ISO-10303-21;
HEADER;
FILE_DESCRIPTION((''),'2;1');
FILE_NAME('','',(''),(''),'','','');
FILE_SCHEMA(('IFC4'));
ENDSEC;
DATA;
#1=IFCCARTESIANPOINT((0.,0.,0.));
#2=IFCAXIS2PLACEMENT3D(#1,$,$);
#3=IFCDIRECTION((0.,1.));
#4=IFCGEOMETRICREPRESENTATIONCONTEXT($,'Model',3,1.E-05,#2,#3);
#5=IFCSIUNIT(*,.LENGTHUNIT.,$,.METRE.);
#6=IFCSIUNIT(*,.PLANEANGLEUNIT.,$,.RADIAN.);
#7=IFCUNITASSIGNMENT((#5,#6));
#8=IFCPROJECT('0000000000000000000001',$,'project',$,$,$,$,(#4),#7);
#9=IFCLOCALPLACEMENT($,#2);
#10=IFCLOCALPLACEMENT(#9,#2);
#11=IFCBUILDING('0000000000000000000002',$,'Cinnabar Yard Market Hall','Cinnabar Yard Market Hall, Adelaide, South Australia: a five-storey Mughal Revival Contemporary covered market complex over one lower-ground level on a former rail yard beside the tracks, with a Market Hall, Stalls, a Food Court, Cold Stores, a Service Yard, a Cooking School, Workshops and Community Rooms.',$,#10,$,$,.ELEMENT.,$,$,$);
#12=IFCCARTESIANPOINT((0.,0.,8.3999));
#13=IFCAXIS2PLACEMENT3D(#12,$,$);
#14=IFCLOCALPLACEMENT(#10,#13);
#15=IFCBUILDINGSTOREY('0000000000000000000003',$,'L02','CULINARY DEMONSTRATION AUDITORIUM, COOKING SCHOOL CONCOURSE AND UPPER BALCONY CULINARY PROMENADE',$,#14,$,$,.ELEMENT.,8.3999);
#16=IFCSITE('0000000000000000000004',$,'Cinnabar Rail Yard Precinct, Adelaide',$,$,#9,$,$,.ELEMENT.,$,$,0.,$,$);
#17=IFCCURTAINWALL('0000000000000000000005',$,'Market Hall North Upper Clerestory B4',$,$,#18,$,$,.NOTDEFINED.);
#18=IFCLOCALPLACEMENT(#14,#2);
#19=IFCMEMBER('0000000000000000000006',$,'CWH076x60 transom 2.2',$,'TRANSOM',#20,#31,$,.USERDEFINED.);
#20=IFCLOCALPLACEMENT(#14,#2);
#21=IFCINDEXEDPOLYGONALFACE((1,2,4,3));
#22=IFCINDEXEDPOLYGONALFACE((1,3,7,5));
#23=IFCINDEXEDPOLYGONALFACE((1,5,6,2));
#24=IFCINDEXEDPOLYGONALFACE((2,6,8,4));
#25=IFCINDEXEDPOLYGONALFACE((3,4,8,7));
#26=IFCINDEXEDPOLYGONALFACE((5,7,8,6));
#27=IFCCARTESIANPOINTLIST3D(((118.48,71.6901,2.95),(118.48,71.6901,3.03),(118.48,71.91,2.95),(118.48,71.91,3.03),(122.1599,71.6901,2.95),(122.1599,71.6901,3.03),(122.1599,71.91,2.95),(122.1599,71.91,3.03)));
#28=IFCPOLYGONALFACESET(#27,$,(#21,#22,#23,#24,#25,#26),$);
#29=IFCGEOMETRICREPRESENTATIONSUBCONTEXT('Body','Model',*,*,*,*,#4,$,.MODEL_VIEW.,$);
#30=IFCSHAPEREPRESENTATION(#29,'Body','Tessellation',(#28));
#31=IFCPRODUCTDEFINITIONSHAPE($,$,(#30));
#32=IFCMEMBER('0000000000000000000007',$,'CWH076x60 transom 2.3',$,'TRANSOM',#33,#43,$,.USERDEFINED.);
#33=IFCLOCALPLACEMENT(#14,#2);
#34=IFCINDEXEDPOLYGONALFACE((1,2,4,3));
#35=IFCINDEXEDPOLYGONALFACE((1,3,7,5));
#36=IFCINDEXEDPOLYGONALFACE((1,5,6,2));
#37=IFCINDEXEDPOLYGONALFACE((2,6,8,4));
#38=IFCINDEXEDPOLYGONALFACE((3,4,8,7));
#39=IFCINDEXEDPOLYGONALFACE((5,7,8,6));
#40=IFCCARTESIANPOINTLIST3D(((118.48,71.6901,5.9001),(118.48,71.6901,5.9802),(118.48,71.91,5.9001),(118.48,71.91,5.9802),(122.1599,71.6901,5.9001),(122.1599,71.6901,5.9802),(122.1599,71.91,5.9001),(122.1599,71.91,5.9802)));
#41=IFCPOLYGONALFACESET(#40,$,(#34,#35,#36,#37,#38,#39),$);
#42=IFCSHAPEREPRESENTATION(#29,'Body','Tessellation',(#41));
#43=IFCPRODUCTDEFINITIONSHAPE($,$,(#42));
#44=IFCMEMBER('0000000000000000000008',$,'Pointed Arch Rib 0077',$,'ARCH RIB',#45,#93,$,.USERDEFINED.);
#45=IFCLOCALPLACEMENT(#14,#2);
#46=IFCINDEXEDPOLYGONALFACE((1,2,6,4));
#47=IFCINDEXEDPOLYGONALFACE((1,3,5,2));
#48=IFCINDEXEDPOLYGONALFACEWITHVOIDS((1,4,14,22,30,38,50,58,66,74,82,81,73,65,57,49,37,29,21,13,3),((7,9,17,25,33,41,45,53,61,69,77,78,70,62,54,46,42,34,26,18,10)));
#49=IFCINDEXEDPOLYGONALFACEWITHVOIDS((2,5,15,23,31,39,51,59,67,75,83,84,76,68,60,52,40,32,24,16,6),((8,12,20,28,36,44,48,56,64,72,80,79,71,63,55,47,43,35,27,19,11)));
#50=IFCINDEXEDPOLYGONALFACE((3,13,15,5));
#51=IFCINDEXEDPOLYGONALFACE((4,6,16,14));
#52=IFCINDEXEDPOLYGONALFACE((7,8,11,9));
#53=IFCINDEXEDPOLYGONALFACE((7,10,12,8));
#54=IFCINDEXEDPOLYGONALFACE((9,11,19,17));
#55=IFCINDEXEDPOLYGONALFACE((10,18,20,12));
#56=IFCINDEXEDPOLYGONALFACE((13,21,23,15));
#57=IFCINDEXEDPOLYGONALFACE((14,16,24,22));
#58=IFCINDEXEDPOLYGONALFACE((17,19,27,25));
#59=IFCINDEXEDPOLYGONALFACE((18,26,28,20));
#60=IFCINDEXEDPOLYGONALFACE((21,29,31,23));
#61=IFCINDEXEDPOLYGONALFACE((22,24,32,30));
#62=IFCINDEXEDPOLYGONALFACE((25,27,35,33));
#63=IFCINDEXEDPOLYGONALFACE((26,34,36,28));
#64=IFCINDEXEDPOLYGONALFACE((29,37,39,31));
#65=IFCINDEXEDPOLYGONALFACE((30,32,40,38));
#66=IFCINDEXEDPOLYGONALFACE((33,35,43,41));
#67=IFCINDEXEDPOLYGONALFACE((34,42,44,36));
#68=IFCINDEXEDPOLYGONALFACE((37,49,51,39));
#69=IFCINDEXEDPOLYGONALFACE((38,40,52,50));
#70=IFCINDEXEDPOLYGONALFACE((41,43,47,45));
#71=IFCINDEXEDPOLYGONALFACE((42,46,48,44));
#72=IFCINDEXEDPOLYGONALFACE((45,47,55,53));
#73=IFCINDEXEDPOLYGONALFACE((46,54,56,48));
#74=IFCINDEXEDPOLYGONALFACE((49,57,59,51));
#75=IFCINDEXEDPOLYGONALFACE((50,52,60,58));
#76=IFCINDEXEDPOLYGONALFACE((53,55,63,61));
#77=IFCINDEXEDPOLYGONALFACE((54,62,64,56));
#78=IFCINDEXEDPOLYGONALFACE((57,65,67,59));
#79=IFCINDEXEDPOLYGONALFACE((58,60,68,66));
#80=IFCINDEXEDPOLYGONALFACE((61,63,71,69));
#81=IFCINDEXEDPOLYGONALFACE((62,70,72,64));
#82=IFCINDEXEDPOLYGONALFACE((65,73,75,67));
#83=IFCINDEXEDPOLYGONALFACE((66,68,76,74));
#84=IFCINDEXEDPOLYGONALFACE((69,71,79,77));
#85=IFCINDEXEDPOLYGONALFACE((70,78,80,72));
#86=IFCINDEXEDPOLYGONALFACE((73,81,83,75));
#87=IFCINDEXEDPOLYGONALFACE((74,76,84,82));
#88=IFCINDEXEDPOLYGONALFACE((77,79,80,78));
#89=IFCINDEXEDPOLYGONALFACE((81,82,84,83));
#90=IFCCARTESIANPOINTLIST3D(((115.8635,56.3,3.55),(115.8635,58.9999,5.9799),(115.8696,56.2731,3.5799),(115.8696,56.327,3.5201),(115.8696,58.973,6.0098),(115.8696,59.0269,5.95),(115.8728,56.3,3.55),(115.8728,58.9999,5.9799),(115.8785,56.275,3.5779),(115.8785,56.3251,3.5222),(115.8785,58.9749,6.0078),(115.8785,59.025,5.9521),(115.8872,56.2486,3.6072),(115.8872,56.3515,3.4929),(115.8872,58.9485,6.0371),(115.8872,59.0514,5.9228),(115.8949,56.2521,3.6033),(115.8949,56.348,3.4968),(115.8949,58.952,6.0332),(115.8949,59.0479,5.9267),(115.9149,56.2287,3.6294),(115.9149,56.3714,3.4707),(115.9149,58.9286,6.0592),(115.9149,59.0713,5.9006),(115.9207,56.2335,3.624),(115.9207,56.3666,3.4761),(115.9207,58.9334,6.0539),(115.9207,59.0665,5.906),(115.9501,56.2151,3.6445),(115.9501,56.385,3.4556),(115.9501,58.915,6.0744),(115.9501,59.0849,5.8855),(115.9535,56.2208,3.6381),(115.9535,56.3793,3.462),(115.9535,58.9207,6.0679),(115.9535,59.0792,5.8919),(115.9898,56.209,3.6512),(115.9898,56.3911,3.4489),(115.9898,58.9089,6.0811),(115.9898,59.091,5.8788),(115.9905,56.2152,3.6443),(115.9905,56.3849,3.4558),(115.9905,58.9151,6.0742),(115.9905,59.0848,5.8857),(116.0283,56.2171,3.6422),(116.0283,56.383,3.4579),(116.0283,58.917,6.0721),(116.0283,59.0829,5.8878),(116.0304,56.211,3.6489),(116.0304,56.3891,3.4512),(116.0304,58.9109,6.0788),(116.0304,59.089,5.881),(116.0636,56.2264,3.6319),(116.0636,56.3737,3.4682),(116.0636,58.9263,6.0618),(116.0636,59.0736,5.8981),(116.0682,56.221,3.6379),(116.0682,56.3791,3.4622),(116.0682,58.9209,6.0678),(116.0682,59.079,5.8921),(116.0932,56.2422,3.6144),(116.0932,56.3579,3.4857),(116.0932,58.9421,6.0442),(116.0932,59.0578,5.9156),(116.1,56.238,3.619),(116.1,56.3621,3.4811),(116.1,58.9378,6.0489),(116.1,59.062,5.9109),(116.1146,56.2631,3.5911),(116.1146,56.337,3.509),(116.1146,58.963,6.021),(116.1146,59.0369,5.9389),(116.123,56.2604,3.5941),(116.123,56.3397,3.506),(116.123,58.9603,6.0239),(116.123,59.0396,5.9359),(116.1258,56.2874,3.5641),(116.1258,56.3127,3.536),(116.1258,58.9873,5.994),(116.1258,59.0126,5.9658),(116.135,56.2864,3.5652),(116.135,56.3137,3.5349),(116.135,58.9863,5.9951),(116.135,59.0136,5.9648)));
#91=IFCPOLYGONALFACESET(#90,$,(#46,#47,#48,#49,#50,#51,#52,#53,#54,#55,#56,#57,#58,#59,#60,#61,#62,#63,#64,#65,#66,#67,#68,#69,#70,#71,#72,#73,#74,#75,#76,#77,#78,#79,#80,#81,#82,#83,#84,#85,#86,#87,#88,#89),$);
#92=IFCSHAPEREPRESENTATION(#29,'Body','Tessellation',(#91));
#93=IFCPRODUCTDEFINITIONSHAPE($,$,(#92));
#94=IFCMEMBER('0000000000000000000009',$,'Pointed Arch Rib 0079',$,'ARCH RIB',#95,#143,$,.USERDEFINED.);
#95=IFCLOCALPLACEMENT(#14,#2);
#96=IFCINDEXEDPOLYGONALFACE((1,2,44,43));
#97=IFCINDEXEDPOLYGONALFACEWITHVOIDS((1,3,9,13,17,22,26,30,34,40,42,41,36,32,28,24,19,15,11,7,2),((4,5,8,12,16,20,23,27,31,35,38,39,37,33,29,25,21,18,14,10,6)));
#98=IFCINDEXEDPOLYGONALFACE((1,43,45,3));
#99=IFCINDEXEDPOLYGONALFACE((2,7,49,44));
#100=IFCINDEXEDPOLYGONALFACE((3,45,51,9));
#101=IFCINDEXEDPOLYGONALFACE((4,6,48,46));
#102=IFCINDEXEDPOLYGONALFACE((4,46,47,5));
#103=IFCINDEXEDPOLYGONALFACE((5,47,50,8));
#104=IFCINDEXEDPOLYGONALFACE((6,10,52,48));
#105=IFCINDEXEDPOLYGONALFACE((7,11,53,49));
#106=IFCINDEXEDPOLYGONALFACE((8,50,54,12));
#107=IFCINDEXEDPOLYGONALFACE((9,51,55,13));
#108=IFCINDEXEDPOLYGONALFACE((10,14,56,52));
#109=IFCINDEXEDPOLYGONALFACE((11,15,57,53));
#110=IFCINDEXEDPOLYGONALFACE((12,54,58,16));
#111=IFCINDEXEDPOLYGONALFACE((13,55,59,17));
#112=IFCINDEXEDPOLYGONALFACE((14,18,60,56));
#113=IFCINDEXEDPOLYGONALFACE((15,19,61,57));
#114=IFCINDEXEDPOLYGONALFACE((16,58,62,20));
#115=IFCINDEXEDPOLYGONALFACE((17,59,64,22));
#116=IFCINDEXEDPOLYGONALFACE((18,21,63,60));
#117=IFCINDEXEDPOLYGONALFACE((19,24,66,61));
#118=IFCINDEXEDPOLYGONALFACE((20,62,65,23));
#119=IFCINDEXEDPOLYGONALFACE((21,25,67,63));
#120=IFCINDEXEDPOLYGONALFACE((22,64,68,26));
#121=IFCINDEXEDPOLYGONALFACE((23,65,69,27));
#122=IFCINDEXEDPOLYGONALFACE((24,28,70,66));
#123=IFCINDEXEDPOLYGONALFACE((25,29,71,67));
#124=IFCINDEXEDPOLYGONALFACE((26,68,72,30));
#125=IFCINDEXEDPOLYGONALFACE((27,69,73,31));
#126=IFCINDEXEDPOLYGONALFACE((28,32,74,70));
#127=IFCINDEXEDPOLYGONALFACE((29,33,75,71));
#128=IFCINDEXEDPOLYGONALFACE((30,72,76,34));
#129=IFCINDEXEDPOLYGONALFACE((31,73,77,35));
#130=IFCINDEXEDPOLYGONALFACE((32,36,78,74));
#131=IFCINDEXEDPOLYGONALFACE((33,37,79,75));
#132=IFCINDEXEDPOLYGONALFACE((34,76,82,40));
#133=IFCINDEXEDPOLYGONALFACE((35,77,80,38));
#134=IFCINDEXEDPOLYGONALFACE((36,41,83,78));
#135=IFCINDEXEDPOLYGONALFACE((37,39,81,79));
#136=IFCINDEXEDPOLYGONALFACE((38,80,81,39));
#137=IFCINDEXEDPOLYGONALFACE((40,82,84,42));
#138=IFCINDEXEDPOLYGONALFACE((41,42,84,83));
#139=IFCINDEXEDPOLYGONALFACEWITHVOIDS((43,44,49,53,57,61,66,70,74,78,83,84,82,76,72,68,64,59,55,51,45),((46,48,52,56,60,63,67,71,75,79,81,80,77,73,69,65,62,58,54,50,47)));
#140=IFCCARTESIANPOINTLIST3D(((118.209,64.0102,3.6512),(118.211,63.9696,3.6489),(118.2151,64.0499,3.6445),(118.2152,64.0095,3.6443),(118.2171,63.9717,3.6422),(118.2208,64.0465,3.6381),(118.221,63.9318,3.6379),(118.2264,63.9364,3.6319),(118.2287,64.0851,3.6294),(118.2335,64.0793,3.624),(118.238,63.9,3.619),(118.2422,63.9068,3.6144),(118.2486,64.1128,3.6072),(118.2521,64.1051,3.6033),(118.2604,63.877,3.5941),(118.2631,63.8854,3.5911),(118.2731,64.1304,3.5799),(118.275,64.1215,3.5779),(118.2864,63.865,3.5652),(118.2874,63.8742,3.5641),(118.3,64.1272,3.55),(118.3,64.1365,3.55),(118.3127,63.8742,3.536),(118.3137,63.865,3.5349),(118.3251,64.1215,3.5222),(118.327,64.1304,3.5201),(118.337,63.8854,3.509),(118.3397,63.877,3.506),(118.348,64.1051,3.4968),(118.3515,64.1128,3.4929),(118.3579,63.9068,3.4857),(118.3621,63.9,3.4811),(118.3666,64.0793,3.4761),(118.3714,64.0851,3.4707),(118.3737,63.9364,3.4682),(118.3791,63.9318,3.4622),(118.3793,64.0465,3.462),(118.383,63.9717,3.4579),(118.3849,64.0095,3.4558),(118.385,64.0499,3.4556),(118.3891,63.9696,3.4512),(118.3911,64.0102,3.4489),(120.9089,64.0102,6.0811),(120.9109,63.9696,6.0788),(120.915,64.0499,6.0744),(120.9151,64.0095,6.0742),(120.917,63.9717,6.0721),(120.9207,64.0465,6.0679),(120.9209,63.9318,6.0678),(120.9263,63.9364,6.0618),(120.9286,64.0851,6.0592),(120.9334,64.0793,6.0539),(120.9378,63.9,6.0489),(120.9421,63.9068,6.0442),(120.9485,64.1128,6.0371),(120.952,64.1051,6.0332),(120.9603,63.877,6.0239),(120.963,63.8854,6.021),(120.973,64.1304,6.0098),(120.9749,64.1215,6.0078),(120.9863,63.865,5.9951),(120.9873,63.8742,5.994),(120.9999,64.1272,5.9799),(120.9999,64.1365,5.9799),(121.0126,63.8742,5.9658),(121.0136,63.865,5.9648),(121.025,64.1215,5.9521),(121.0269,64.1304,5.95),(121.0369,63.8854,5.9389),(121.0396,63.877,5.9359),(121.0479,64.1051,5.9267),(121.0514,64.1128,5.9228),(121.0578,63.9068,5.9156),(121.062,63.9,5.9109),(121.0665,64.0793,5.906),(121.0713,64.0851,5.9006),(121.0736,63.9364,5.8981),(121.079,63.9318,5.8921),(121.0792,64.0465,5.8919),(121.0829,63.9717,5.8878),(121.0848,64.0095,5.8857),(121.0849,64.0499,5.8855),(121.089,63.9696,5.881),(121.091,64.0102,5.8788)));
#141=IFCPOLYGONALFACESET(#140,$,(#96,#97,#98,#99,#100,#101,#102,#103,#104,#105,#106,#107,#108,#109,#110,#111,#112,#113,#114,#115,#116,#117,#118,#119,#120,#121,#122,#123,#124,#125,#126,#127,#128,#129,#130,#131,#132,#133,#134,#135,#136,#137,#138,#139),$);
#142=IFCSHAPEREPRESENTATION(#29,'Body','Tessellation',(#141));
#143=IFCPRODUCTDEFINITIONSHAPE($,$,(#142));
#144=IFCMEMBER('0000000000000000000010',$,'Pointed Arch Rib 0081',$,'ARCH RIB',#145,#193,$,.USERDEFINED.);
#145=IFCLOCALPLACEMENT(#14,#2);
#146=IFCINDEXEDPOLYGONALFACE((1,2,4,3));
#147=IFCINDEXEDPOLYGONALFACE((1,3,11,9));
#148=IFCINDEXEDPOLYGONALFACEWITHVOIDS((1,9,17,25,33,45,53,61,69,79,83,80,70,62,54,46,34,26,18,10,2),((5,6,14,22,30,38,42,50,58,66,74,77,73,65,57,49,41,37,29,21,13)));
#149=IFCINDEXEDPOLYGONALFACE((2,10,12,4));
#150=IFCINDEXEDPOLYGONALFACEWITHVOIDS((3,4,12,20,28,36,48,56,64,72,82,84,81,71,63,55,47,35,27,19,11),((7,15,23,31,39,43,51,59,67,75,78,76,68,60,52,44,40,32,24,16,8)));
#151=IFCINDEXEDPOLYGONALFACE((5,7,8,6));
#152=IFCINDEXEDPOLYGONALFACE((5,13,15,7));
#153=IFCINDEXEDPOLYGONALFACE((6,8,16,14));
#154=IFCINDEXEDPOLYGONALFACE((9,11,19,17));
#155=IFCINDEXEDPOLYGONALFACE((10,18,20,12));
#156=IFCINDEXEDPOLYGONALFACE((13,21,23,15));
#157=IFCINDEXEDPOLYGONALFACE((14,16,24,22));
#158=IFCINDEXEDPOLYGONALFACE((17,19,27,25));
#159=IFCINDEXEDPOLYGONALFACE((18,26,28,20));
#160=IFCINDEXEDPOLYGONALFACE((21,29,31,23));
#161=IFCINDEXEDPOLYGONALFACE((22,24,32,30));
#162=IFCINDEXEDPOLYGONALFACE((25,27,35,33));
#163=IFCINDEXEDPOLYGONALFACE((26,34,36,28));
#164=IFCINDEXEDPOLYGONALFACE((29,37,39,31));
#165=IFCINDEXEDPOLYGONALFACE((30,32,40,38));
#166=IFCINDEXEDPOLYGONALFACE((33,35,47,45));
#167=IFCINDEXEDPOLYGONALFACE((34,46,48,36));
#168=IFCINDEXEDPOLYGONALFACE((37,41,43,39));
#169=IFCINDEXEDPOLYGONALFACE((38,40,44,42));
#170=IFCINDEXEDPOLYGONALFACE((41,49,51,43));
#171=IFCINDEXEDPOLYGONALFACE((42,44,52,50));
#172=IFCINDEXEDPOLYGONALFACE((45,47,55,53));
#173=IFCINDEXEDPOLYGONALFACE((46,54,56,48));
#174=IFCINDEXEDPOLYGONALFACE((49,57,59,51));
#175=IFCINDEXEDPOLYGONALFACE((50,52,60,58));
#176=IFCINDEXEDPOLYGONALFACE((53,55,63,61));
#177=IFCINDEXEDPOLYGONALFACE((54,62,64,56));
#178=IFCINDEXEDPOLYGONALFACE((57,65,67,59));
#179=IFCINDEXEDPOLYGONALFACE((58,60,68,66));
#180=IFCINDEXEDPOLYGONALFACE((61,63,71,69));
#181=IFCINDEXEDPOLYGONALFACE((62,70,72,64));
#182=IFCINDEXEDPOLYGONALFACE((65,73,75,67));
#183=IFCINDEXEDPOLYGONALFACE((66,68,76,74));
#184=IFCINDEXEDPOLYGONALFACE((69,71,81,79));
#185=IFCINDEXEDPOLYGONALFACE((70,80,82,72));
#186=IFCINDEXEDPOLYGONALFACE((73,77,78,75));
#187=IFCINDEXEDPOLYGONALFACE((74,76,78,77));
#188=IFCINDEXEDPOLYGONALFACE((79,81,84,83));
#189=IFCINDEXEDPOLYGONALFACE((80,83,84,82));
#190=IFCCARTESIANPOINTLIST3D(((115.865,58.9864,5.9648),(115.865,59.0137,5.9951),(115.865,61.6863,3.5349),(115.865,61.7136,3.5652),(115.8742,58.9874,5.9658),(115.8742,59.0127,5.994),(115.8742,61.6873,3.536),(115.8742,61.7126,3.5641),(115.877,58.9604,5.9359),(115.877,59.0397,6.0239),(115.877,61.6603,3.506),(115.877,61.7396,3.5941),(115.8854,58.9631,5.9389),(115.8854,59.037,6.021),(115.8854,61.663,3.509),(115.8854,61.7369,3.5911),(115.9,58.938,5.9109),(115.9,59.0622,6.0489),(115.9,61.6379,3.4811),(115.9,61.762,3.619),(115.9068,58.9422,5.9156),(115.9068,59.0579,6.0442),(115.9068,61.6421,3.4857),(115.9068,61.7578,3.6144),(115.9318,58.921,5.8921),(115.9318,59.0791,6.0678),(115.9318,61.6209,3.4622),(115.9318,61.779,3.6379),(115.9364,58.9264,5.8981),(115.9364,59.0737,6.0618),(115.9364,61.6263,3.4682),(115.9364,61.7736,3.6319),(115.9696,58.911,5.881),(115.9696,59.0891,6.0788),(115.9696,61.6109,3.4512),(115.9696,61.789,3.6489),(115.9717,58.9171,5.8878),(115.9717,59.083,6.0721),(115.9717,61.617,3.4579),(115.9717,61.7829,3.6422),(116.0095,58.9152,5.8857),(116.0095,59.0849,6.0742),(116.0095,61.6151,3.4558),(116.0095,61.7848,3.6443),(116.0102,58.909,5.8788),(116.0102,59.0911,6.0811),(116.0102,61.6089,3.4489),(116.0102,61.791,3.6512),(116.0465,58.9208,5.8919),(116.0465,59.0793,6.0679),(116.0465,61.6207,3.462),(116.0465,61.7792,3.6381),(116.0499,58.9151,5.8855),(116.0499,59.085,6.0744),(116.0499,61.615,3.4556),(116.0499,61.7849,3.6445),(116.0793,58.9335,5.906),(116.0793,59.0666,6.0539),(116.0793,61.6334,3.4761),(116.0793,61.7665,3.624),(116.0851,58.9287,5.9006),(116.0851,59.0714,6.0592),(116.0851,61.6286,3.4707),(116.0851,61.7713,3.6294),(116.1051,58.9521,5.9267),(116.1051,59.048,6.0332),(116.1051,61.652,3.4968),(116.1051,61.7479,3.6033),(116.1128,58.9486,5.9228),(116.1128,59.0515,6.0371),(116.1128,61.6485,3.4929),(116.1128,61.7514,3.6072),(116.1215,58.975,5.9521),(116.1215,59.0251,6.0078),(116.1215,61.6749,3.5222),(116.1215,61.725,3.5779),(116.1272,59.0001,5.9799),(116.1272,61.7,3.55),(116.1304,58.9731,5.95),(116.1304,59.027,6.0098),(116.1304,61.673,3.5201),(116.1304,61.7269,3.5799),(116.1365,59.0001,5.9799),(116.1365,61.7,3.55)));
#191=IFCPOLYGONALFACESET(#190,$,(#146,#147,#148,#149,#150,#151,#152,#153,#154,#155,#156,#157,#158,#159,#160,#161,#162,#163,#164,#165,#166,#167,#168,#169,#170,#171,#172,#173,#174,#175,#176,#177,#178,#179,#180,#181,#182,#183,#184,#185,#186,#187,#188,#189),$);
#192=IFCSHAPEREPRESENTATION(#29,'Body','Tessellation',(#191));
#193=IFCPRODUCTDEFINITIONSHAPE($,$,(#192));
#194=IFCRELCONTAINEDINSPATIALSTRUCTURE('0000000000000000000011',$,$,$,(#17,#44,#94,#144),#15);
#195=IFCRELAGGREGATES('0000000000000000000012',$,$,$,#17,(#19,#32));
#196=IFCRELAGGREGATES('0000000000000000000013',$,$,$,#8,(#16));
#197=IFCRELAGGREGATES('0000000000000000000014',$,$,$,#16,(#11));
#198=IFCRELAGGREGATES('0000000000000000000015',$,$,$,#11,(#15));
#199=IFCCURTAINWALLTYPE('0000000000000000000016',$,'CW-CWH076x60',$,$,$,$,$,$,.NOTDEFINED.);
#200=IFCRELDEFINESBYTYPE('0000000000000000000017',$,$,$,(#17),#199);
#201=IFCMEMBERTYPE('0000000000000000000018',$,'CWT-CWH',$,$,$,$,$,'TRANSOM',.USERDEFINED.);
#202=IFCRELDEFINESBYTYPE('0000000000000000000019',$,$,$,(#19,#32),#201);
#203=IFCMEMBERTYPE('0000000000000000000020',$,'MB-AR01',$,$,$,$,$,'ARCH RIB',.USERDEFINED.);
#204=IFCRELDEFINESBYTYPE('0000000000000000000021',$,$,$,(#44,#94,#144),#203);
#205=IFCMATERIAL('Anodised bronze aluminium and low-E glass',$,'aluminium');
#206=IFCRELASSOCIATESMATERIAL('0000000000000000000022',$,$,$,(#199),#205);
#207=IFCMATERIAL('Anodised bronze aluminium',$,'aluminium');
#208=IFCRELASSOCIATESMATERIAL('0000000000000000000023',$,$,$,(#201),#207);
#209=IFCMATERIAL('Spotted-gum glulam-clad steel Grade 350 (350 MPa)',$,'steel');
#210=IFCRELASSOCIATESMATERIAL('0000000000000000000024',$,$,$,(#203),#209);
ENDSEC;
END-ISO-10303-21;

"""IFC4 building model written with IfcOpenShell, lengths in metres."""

from ifc_helpers import new_model, si_unit, direction, frame, origin, origin_2d_with_axis, place, context, subcontext, project, spatial, rectangle, hollow_circle, extrude, material, material_profile, profile_set, type_object, element, aggregate, save


model = new_model("IFC4")

# Units and contexts
model_context = context("Model", 3, precision=1e-05, world=origin(), true_north=direction((0.0, 1.0)))
body_context = subcontext(model_context, "Body", "Model", "MODEL_VIEW")
ifc_project = project(units=[si_unit("LENGTHUNIT", "METRE"), si_unit("PLANEANGLEUNIT", "RADIAN")], contexts=[model_context])

# Site, building, storey
site_placement = place(None, origin())
site = spatial("IfcSite", under=ifc_project, at=site_placement, Name="Cinnabar Rail Yard Precinct, Adelaide", CompositionType="ELEMENT", RefElevation=0.0)
building_placement = place(site_placement, origin())
building = spatial("IfcBuilding", under=site, at=building_placement, Name="Cinnabar Yard Market Hall", Description="Cinnabar Yard Market Hall, Adelaide, South Australia: a five-storey Mughal Revival Contemporary covered market complex over one lower-ground level on a former rail yard beside the tracks, with a Market Hall, Stalls, a Food Court, Cold Stores, a Service Yard, a Cooking School, Workshops and Community Rooms.", CompositionType="ELEMENT")
storey_placement = place(building_placement, frame((0.0, 0.0, 8.3999)))
storey = spatial("IfcBuildingStorey", under=building, at=storey_placement, Name="L02", Description="CULINARY DEMONSTRATION AUDITORIUM, COOKING SCHOOL CONCOURSE AND UPPER BALCONY CULINARY PROMENADE", CompositionType="ELEMENT", Elevation=8.3999)

# Curtain wall
ifc_material_1 = material(Name="Anodised bronze aluminium and low-E glass", Category="aluminium")
ifc_material_2 = material(Name="Anodised bronze aluminium", Category="aluminium")
curtain_wall_type_1 = type_object("IfcCurtainWallType", Name="CW-CWH076x60", PredefinedType="NOTDEFINED", material=ifc_material_1)
curtain_wall_1_placement = place(storey_placement, origin())
curtain_wall_1 = element("IfcCurtainWall", 1, at=curtain_wall_1_placement, inside=storey, type_object=curtain_wall_type_1, Name="Market Hall North Upper Clerestory B4", PredefinedType="NOTDEFINED")

# Members
ifc_material_profile_1 = material_profile(ifc_material_2, rectangle(XDim=0.22, YDim=0.0801, at=origin_2d_with_axis()), Name="TRN-CWH")
ifc_profile_set_1 = profile_set([ifc_material_profile_1], Name="Anodised bronze aluminium")
member_type_1 = type_object("IfcMemberType", Name="CWT-CWH", ElementType="TRANSOM", PredefinedType="USERDEFINED", material=ifc_profile_set_1)
member_1_placement = place(storey_placement, frame((122.1599, 71.8, 2.99), z_axis=(-1.0, 0.0, 0.0), x_axis=(0.0, -1.0, 0.0)))
member_1 = element("IfcMember", 2, at=member_1_placement, type_object=member_type_1, Name="CWH076x60 transom 2.2", ObjectType="TRANSOM", PredefinedType="USERDEFINED", context=body_context, shape_type="SweptSolid", body=[
    extrude(rectangle(XDim=0.22, YDim=0.0801, at=origin_2d_with_axis()), origin(), (0.0, 0.0, 1.0), 3.6799),
])
member_2_placement = place(storey_placement, frame((122.1599, 71.8, 5.9402), z_axis=(-1.0, 0.0, 0.0), x_axis=(0.0, -1.0, 0.0)))
member_2 = element("IfcMember", 3, at=member_2_placement, type_object=member_type_1, Name="CWH076x60 transom 2.3", ObjectType="TRANSOM", PredefinedType="USERDEFINED", context=body_context, shape_type="SweptSolid", body=[
    extrude(rectangle(XDim=0.22, YDim=0.0801, at=origin_2d_with_axis()), origin(), (0.0, 0.0, 1.0), 3.6799),
])

# Members
ifc_material_3 = material(Name="Spotted-gum glulam-clad steel Grade 350 (350 MPa)", Category="steel")
ifc_material_profile_2 = material_profile(ifc_material_3, hollow_circle(Radius=0.1365, WallThickness=0.0093, at=origin_2d_with_axis()), Name="273.1x9.3CHS")
ifc_profile_set_2 = profile_set([ifc_material_profile_2], Name="Spotted-gum glulam-clad steel Grade 350 (350 MPa)")
member_type_2 = type_object("IfcMemberType", Name="MB-AR01", ElementType="ARCH RIB", PredefinedType="USERDEFINED", material=ifc_profile_set_2)
for number, where, z_axis, x_axis, name in (
    (4, (116.0, 56.3, 3.55), (0.0, 0.743297, 0.668961), (-1.0, 0.0, 0.0), "Pointed Arch Rib 0077"),
    (5, (118.3, 64.0, 3.55), (0.743297, 0.0, 0.668961), (0.0, 1.0, 0.0), "Pointed Arch Rib 0079"),
    (6, (116.0, 61.7, 3.55), (0.0, -0.743297, 0.668961), (1.0, 0.0, 0.0), "Pointed Arch Rib 0081"),
):
    element("IfcMember", number, at=place(storey_placement, frame(where, z_axis=z_axis, x_axis=x_axis)), inside=storey, type_object=member_type_2, Name=name, ObjectType="ARCH RIB", PredefinedType="USERDEFINED", context=body_context, shape_type="SweptSolid", body=[
        extrude(hollow_circle(Radius=0.1365, WallThickness=0.0093, at=origin_2d_with_axis()), origin(), (0.0, 0.0, 1.0), 3.6323),
    ])

aggregate(curtain_wall_1, [member_1, member_2])

save(model, "model.ifc")
